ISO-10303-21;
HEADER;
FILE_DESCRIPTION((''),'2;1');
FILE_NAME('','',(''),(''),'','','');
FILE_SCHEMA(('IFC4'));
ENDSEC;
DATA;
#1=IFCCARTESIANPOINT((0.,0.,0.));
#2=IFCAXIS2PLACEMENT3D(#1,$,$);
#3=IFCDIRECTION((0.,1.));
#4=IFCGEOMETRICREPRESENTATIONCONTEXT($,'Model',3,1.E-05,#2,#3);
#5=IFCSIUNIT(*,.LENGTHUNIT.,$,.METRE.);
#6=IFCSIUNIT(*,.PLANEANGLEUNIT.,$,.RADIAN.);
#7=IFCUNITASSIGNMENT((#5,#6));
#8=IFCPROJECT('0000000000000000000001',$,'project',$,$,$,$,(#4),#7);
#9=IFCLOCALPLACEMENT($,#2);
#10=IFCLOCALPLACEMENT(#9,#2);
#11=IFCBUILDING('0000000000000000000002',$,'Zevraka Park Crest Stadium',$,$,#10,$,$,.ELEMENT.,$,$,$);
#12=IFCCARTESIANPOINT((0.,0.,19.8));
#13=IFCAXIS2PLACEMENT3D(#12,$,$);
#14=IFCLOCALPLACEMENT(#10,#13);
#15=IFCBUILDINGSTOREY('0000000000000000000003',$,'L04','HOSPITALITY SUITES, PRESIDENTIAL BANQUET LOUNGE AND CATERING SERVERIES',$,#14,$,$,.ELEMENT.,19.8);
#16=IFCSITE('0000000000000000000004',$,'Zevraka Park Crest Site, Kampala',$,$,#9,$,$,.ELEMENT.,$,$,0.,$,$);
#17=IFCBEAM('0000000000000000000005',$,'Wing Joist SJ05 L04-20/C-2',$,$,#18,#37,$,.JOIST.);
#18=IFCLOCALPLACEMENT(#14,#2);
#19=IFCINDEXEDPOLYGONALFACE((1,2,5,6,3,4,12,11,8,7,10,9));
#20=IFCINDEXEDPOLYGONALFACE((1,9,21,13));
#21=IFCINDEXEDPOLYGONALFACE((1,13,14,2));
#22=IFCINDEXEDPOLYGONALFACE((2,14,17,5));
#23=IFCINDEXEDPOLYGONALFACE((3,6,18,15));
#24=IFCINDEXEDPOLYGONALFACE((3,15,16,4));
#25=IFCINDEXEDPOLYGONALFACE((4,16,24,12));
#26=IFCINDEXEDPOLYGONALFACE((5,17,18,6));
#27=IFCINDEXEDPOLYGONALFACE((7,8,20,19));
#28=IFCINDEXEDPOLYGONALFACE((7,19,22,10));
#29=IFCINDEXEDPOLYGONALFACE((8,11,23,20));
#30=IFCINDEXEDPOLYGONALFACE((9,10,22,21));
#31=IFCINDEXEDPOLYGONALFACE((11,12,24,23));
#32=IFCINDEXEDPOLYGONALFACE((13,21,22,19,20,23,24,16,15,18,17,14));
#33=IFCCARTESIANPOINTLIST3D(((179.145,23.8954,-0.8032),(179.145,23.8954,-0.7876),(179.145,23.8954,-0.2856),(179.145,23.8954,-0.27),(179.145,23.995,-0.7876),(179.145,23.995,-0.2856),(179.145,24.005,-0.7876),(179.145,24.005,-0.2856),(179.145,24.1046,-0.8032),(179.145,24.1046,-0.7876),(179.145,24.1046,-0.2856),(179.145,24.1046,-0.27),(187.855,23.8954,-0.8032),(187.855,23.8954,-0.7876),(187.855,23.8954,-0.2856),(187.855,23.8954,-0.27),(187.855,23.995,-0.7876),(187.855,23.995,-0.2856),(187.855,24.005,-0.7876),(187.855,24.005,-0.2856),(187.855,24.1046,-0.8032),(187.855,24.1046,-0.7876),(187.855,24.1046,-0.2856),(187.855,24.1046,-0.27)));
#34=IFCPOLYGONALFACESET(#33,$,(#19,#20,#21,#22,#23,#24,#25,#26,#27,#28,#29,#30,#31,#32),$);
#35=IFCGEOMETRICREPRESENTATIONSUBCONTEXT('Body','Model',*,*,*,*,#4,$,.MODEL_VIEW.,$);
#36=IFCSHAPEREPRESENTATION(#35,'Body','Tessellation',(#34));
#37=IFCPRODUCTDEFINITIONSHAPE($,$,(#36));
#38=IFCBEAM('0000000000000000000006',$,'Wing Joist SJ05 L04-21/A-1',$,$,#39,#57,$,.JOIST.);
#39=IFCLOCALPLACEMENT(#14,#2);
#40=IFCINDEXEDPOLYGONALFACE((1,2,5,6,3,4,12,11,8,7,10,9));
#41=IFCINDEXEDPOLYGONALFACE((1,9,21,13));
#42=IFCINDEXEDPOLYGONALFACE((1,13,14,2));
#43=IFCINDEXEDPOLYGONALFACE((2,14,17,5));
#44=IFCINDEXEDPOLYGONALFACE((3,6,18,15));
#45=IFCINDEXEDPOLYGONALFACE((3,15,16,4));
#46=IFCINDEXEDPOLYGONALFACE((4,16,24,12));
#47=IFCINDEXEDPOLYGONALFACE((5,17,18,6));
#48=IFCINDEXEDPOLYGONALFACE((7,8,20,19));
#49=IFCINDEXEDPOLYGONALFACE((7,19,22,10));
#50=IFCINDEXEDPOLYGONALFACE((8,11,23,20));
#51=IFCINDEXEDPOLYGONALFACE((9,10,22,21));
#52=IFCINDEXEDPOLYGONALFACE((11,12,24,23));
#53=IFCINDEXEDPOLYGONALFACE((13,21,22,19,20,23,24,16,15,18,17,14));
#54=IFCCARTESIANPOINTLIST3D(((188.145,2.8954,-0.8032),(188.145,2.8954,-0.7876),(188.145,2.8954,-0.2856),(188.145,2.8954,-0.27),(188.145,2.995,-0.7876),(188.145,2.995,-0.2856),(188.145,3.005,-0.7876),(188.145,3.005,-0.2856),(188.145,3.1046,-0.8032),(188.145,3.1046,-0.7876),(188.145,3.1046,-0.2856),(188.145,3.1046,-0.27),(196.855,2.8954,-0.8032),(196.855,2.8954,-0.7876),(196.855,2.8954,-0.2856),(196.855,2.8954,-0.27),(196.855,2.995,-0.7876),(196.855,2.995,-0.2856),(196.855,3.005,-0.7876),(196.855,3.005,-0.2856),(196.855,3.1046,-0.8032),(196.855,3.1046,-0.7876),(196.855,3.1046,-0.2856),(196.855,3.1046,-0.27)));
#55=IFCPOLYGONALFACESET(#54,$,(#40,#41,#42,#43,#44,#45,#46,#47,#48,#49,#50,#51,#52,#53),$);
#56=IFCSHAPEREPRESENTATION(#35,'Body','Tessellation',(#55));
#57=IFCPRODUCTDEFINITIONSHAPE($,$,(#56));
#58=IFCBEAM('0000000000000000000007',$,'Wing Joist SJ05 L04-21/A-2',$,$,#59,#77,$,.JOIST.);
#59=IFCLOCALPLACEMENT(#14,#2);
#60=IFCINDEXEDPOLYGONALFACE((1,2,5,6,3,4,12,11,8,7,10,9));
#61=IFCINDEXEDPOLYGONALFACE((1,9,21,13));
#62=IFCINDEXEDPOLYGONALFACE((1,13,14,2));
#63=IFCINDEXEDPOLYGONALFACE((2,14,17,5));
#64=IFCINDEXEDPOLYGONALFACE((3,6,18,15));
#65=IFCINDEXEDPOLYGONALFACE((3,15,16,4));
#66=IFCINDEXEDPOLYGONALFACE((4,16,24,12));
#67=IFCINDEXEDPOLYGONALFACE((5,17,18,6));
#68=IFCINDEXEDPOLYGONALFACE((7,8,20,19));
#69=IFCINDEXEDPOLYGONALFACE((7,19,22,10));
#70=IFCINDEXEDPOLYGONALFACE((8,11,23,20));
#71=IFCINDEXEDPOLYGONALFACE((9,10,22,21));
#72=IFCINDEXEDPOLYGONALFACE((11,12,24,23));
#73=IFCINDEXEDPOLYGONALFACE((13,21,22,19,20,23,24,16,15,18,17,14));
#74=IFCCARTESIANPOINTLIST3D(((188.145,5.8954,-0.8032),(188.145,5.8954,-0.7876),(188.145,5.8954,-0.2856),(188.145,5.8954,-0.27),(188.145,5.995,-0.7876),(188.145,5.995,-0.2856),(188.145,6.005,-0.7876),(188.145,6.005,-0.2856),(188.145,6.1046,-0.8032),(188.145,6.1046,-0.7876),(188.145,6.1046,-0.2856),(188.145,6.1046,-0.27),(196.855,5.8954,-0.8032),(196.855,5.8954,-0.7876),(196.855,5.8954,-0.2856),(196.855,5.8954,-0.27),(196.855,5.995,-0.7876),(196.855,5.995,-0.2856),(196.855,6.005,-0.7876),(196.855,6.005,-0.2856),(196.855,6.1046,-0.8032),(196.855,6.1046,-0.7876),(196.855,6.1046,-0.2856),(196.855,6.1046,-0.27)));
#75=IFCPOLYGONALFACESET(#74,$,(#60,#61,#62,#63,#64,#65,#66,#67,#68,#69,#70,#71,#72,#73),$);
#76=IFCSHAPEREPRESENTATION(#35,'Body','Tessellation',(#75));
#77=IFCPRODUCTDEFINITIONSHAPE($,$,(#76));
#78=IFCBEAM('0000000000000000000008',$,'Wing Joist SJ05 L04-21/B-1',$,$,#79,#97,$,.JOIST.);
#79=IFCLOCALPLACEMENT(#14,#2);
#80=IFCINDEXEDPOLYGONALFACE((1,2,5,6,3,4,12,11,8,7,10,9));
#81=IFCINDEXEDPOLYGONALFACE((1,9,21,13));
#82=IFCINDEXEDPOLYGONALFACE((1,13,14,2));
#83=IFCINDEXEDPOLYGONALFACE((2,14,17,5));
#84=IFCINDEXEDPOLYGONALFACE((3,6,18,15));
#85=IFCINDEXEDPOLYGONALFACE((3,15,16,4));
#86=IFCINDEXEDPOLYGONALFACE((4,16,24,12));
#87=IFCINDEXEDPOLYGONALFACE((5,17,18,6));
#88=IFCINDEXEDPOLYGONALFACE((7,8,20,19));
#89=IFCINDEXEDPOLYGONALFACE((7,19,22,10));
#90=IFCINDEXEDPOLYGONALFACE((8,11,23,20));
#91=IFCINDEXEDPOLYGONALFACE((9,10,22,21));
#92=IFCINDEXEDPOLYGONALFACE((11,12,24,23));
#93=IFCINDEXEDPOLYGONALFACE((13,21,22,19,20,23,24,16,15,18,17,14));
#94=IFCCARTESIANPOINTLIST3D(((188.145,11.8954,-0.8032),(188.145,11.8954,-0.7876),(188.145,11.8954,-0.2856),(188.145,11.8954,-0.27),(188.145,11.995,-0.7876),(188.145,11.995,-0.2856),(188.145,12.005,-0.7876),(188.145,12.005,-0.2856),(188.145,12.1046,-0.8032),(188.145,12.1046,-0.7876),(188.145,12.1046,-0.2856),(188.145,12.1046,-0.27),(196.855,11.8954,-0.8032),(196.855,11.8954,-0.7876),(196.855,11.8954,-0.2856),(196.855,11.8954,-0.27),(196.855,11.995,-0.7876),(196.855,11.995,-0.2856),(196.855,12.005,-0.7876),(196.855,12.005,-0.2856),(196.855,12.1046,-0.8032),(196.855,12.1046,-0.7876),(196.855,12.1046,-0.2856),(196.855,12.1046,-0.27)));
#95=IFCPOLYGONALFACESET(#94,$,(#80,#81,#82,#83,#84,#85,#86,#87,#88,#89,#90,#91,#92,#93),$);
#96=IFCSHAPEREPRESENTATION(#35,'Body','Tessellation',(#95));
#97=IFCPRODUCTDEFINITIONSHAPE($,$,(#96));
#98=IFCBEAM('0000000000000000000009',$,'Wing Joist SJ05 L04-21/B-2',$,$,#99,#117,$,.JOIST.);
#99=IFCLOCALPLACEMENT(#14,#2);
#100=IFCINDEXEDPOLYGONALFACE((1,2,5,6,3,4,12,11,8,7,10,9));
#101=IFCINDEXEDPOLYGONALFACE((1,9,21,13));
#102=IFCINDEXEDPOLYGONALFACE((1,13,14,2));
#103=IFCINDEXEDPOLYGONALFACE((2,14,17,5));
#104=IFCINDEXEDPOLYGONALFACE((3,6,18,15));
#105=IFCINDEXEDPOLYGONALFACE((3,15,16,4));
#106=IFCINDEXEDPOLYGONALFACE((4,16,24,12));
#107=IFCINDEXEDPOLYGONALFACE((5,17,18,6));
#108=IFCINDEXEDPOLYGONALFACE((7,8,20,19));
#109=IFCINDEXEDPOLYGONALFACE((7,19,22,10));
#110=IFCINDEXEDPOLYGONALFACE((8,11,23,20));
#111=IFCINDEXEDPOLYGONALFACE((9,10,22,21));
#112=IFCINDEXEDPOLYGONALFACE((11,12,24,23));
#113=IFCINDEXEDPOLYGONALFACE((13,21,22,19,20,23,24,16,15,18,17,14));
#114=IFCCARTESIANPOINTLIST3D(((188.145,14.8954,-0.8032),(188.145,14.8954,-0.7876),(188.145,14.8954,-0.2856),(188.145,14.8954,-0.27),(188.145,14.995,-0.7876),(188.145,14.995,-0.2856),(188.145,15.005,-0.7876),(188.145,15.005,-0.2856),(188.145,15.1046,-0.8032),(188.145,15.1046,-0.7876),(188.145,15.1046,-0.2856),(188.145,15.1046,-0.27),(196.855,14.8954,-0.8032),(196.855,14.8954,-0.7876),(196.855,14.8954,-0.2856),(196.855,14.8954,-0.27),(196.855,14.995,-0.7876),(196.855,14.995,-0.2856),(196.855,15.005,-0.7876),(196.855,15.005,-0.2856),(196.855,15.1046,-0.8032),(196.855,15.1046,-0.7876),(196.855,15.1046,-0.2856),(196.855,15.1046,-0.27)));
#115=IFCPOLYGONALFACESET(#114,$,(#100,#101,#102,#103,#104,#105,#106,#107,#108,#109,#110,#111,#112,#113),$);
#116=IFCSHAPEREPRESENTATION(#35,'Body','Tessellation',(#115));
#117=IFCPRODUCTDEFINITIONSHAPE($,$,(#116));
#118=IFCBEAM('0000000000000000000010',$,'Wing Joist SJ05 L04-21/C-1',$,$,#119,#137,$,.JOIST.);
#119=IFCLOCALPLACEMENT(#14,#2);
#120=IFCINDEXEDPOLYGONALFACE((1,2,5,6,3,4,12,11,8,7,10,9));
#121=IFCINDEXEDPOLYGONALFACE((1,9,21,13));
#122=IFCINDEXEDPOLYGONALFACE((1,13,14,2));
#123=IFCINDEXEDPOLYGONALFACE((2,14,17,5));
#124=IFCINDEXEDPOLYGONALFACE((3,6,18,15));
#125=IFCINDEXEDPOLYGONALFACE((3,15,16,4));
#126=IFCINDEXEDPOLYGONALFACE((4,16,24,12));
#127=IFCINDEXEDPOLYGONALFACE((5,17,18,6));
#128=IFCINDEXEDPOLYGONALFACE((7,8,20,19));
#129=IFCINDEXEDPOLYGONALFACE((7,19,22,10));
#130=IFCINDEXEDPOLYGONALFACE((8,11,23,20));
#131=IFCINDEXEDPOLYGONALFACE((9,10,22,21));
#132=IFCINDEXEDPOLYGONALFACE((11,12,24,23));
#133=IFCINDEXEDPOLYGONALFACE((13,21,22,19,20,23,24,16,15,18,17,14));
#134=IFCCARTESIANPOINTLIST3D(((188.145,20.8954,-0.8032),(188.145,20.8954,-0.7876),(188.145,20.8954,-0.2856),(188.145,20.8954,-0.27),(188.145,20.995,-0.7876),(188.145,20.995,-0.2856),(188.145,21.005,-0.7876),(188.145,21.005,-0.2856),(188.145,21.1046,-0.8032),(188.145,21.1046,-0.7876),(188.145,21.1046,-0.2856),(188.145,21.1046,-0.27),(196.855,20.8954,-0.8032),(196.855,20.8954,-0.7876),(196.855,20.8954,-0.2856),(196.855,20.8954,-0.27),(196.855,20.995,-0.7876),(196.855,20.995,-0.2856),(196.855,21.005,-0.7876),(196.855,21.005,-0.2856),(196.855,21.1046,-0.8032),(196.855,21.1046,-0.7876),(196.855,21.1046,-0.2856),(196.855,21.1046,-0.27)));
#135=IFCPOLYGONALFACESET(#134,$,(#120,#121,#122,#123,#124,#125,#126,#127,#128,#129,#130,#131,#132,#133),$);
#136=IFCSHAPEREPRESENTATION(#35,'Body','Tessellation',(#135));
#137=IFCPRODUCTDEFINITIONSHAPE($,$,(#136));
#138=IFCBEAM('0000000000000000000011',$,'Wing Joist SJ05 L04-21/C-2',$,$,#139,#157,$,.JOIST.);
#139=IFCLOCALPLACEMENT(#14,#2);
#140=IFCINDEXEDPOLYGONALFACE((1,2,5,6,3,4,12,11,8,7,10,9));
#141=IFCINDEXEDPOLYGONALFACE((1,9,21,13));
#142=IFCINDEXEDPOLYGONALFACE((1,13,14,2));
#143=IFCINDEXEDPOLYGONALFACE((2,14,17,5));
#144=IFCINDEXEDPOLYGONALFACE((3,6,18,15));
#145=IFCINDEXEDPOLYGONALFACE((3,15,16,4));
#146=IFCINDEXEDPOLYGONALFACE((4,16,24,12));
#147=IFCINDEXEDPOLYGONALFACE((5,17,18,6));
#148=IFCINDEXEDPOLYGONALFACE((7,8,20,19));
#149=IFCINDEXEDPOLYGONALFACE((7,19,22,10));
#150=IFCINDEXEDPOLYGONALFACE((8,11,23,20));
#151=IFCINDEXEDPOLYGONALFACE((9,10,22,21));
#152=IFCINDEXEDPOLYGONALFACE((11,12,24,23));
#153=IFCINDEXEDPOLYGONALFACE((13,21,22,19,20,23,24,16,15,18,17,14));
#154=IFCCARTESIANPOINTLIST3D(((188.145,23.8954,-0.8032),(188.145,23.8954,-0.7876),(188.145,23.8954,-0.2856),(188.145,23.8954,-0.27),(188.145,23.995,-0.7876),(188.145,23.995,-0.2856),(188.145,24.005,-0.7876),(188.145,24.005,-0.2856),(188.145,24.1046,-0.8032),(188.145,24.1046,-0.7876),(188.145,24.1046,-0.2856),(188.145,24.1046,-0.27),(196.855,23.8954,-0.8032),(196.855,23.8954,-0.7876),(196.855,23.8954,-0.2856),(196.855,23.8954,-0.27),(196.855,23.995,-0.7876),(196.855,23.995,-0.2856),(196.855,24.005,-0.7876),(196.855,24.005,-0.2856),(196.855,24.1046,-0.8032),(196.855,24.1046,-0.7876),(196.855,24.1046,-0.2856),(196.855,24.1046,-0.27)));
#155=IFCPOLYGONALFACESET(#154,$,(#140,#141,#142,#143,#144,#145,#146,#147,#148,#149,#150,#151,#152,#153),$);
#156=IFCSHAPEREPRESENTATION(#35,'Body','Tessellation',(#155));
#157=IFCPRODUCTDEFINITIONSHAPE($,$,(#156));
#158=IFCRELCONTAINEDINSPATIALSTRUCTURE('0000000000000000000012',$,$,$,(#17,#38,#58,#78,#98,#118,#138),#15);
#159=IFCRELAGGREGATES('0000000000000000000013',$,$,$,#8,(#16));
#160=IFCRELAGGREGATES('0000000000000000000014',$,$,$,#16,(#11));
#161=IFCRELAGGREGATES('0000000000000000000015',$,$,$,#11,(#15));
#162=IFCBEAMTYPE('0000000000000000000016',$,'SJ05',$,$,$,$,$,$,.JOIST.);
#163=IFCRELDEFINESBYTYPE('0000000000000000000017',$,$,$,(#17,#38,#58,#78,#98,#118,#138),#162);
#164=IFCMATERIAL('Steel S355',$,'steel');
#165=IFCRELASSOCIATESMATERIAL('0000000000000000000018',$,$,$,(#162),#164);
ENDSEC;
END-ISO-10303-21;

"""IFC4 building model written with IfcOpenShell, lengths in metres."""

from ifc_helpers import new_model, si_unit, direction, frame, origin, origin_2d, place, context, subcontext, project, spatial, i_section, extrude, material, material_profile, profile_set, type_object, element, save


model = new_model("IFC4")

# Units and contexts
model_context = context("Model", 3, precision=1e-05, world=origin(), true_north=direction((0.0, 1.0)))
body_context = subcontext(model_context, "Body", "Model", "MODEL_VIEW")
ifc_project = project(units=[si_unit("LENGTHUNIT", "METRE"), si_unit("PLANEANGLEUNIT", "RADIAN")], contexts=[model_context])

# Site, building, storey
site_placement = place(None, origin())
site = spatial("IfcSite", under=ifc_project, at=site_placement, Name="Zevraka Park Crest Site, Kampala", CompositionType="ELEMENT", RefElevation=0.0)
building_placement = place(site_placement, origin())
building = spatial("IfcBuilding", under=site, at=building_placement, Name="Zevraka Park Crest Stadium", CompositionType="ELEMENT")
storey_placement = place(building_placement, frame((0.0, 0.0, 19.8)))
storey = spatial("IfcBuildingStorey", under=building, at=storey_placement, Name="L04", Description="HOSPITALITY SUITES, PRESIDENTIAL BANQUET LOUNGE AND CATERING SERVERIES", CompositionType="ELEMENT", Elevation=19.8)

# Beams
ifc_material_1 = material(Name="Steel S355", Category="steel")
ifc_material_profile_1 = material_profile(ifc_material_1, i_section(OverallWidth=0.2092, OverallDepth=0.5332, WebThickness=0.01, FlangeThickness=0.0156, at=origin_2d()), Name="UKB 533x210x92")
ifc_profile_set_1 = profile_set([ifc_material_profile_1], Name="Steel S355")
beam_type_1 = type_object("IfcBeamType", Name="SJ05", PredefinedType="JOIST", material=ifc_profile_set_1)
for number, where, z_axis, x_axis, name in (
    (1, (179.145, 24.0, -0.5366), (1.0, 0.0, 0.0), (0.0, 1.0, 0.0), "Wing Joist SJ05 L04-20/C-2"),
    (2, (188.145, 3.0, -0.5366), (1.0, 0.0, 0.0), (0.0, 1.0, 0.0), "Wing Joist SJ05 L04-21/A-1"),
    (3, (188.145, 6.0, -0.5366), (1.0, 0.0, 0.0), (0.0, 1.0, 0.0), "Wing Joist SJ05 L04-21/A-2"),
    (4, (188.145, 12.0, -0.5366), (1.0, 0.0, 0.0), (0.0, 1.0, 0.0), "Wing Joist SJ05 L04-21/B-1"),
    (5, (188.145, 15.0, -0.5366), (1.0, 0.0, 0.0), (0.0, 1.0, 0.0), "Wing Joist SJ05 L04-21/B-2"),
    (6, (188.145, 21.0, -0.5366), (1.0, 0.0, 0.0), (0.0, 1.0, 0.0), "Wing Joist SJ05 L04-21/C-1"),
    (7, (188.145, 24.0, -0.5366), (1.0, 0.0, 0.0), (0.0, 1.0, 0.0), "Wing Joist SJ05 L04-21/C-2"),
):
    element("IfcBeam", number, at=place(storey_placement, frame(where, z_axis=z_axis, x_axis=x_axis)), inside=storey, type_object=beam_type_1, Name=name, PredefinedType="JOIST", context=body_context, shape_type="SweptSolid", body=[
        extrude(i_section(OverallWidth=0.2092, OverallDepth=0.5332, WebThickness=0.01, FlangeThickness=0.0156, at=origin_2d()), origin(), (0.0, 0.0, 1.0), 8.71),
    ])

save(model, "model.ifc")
